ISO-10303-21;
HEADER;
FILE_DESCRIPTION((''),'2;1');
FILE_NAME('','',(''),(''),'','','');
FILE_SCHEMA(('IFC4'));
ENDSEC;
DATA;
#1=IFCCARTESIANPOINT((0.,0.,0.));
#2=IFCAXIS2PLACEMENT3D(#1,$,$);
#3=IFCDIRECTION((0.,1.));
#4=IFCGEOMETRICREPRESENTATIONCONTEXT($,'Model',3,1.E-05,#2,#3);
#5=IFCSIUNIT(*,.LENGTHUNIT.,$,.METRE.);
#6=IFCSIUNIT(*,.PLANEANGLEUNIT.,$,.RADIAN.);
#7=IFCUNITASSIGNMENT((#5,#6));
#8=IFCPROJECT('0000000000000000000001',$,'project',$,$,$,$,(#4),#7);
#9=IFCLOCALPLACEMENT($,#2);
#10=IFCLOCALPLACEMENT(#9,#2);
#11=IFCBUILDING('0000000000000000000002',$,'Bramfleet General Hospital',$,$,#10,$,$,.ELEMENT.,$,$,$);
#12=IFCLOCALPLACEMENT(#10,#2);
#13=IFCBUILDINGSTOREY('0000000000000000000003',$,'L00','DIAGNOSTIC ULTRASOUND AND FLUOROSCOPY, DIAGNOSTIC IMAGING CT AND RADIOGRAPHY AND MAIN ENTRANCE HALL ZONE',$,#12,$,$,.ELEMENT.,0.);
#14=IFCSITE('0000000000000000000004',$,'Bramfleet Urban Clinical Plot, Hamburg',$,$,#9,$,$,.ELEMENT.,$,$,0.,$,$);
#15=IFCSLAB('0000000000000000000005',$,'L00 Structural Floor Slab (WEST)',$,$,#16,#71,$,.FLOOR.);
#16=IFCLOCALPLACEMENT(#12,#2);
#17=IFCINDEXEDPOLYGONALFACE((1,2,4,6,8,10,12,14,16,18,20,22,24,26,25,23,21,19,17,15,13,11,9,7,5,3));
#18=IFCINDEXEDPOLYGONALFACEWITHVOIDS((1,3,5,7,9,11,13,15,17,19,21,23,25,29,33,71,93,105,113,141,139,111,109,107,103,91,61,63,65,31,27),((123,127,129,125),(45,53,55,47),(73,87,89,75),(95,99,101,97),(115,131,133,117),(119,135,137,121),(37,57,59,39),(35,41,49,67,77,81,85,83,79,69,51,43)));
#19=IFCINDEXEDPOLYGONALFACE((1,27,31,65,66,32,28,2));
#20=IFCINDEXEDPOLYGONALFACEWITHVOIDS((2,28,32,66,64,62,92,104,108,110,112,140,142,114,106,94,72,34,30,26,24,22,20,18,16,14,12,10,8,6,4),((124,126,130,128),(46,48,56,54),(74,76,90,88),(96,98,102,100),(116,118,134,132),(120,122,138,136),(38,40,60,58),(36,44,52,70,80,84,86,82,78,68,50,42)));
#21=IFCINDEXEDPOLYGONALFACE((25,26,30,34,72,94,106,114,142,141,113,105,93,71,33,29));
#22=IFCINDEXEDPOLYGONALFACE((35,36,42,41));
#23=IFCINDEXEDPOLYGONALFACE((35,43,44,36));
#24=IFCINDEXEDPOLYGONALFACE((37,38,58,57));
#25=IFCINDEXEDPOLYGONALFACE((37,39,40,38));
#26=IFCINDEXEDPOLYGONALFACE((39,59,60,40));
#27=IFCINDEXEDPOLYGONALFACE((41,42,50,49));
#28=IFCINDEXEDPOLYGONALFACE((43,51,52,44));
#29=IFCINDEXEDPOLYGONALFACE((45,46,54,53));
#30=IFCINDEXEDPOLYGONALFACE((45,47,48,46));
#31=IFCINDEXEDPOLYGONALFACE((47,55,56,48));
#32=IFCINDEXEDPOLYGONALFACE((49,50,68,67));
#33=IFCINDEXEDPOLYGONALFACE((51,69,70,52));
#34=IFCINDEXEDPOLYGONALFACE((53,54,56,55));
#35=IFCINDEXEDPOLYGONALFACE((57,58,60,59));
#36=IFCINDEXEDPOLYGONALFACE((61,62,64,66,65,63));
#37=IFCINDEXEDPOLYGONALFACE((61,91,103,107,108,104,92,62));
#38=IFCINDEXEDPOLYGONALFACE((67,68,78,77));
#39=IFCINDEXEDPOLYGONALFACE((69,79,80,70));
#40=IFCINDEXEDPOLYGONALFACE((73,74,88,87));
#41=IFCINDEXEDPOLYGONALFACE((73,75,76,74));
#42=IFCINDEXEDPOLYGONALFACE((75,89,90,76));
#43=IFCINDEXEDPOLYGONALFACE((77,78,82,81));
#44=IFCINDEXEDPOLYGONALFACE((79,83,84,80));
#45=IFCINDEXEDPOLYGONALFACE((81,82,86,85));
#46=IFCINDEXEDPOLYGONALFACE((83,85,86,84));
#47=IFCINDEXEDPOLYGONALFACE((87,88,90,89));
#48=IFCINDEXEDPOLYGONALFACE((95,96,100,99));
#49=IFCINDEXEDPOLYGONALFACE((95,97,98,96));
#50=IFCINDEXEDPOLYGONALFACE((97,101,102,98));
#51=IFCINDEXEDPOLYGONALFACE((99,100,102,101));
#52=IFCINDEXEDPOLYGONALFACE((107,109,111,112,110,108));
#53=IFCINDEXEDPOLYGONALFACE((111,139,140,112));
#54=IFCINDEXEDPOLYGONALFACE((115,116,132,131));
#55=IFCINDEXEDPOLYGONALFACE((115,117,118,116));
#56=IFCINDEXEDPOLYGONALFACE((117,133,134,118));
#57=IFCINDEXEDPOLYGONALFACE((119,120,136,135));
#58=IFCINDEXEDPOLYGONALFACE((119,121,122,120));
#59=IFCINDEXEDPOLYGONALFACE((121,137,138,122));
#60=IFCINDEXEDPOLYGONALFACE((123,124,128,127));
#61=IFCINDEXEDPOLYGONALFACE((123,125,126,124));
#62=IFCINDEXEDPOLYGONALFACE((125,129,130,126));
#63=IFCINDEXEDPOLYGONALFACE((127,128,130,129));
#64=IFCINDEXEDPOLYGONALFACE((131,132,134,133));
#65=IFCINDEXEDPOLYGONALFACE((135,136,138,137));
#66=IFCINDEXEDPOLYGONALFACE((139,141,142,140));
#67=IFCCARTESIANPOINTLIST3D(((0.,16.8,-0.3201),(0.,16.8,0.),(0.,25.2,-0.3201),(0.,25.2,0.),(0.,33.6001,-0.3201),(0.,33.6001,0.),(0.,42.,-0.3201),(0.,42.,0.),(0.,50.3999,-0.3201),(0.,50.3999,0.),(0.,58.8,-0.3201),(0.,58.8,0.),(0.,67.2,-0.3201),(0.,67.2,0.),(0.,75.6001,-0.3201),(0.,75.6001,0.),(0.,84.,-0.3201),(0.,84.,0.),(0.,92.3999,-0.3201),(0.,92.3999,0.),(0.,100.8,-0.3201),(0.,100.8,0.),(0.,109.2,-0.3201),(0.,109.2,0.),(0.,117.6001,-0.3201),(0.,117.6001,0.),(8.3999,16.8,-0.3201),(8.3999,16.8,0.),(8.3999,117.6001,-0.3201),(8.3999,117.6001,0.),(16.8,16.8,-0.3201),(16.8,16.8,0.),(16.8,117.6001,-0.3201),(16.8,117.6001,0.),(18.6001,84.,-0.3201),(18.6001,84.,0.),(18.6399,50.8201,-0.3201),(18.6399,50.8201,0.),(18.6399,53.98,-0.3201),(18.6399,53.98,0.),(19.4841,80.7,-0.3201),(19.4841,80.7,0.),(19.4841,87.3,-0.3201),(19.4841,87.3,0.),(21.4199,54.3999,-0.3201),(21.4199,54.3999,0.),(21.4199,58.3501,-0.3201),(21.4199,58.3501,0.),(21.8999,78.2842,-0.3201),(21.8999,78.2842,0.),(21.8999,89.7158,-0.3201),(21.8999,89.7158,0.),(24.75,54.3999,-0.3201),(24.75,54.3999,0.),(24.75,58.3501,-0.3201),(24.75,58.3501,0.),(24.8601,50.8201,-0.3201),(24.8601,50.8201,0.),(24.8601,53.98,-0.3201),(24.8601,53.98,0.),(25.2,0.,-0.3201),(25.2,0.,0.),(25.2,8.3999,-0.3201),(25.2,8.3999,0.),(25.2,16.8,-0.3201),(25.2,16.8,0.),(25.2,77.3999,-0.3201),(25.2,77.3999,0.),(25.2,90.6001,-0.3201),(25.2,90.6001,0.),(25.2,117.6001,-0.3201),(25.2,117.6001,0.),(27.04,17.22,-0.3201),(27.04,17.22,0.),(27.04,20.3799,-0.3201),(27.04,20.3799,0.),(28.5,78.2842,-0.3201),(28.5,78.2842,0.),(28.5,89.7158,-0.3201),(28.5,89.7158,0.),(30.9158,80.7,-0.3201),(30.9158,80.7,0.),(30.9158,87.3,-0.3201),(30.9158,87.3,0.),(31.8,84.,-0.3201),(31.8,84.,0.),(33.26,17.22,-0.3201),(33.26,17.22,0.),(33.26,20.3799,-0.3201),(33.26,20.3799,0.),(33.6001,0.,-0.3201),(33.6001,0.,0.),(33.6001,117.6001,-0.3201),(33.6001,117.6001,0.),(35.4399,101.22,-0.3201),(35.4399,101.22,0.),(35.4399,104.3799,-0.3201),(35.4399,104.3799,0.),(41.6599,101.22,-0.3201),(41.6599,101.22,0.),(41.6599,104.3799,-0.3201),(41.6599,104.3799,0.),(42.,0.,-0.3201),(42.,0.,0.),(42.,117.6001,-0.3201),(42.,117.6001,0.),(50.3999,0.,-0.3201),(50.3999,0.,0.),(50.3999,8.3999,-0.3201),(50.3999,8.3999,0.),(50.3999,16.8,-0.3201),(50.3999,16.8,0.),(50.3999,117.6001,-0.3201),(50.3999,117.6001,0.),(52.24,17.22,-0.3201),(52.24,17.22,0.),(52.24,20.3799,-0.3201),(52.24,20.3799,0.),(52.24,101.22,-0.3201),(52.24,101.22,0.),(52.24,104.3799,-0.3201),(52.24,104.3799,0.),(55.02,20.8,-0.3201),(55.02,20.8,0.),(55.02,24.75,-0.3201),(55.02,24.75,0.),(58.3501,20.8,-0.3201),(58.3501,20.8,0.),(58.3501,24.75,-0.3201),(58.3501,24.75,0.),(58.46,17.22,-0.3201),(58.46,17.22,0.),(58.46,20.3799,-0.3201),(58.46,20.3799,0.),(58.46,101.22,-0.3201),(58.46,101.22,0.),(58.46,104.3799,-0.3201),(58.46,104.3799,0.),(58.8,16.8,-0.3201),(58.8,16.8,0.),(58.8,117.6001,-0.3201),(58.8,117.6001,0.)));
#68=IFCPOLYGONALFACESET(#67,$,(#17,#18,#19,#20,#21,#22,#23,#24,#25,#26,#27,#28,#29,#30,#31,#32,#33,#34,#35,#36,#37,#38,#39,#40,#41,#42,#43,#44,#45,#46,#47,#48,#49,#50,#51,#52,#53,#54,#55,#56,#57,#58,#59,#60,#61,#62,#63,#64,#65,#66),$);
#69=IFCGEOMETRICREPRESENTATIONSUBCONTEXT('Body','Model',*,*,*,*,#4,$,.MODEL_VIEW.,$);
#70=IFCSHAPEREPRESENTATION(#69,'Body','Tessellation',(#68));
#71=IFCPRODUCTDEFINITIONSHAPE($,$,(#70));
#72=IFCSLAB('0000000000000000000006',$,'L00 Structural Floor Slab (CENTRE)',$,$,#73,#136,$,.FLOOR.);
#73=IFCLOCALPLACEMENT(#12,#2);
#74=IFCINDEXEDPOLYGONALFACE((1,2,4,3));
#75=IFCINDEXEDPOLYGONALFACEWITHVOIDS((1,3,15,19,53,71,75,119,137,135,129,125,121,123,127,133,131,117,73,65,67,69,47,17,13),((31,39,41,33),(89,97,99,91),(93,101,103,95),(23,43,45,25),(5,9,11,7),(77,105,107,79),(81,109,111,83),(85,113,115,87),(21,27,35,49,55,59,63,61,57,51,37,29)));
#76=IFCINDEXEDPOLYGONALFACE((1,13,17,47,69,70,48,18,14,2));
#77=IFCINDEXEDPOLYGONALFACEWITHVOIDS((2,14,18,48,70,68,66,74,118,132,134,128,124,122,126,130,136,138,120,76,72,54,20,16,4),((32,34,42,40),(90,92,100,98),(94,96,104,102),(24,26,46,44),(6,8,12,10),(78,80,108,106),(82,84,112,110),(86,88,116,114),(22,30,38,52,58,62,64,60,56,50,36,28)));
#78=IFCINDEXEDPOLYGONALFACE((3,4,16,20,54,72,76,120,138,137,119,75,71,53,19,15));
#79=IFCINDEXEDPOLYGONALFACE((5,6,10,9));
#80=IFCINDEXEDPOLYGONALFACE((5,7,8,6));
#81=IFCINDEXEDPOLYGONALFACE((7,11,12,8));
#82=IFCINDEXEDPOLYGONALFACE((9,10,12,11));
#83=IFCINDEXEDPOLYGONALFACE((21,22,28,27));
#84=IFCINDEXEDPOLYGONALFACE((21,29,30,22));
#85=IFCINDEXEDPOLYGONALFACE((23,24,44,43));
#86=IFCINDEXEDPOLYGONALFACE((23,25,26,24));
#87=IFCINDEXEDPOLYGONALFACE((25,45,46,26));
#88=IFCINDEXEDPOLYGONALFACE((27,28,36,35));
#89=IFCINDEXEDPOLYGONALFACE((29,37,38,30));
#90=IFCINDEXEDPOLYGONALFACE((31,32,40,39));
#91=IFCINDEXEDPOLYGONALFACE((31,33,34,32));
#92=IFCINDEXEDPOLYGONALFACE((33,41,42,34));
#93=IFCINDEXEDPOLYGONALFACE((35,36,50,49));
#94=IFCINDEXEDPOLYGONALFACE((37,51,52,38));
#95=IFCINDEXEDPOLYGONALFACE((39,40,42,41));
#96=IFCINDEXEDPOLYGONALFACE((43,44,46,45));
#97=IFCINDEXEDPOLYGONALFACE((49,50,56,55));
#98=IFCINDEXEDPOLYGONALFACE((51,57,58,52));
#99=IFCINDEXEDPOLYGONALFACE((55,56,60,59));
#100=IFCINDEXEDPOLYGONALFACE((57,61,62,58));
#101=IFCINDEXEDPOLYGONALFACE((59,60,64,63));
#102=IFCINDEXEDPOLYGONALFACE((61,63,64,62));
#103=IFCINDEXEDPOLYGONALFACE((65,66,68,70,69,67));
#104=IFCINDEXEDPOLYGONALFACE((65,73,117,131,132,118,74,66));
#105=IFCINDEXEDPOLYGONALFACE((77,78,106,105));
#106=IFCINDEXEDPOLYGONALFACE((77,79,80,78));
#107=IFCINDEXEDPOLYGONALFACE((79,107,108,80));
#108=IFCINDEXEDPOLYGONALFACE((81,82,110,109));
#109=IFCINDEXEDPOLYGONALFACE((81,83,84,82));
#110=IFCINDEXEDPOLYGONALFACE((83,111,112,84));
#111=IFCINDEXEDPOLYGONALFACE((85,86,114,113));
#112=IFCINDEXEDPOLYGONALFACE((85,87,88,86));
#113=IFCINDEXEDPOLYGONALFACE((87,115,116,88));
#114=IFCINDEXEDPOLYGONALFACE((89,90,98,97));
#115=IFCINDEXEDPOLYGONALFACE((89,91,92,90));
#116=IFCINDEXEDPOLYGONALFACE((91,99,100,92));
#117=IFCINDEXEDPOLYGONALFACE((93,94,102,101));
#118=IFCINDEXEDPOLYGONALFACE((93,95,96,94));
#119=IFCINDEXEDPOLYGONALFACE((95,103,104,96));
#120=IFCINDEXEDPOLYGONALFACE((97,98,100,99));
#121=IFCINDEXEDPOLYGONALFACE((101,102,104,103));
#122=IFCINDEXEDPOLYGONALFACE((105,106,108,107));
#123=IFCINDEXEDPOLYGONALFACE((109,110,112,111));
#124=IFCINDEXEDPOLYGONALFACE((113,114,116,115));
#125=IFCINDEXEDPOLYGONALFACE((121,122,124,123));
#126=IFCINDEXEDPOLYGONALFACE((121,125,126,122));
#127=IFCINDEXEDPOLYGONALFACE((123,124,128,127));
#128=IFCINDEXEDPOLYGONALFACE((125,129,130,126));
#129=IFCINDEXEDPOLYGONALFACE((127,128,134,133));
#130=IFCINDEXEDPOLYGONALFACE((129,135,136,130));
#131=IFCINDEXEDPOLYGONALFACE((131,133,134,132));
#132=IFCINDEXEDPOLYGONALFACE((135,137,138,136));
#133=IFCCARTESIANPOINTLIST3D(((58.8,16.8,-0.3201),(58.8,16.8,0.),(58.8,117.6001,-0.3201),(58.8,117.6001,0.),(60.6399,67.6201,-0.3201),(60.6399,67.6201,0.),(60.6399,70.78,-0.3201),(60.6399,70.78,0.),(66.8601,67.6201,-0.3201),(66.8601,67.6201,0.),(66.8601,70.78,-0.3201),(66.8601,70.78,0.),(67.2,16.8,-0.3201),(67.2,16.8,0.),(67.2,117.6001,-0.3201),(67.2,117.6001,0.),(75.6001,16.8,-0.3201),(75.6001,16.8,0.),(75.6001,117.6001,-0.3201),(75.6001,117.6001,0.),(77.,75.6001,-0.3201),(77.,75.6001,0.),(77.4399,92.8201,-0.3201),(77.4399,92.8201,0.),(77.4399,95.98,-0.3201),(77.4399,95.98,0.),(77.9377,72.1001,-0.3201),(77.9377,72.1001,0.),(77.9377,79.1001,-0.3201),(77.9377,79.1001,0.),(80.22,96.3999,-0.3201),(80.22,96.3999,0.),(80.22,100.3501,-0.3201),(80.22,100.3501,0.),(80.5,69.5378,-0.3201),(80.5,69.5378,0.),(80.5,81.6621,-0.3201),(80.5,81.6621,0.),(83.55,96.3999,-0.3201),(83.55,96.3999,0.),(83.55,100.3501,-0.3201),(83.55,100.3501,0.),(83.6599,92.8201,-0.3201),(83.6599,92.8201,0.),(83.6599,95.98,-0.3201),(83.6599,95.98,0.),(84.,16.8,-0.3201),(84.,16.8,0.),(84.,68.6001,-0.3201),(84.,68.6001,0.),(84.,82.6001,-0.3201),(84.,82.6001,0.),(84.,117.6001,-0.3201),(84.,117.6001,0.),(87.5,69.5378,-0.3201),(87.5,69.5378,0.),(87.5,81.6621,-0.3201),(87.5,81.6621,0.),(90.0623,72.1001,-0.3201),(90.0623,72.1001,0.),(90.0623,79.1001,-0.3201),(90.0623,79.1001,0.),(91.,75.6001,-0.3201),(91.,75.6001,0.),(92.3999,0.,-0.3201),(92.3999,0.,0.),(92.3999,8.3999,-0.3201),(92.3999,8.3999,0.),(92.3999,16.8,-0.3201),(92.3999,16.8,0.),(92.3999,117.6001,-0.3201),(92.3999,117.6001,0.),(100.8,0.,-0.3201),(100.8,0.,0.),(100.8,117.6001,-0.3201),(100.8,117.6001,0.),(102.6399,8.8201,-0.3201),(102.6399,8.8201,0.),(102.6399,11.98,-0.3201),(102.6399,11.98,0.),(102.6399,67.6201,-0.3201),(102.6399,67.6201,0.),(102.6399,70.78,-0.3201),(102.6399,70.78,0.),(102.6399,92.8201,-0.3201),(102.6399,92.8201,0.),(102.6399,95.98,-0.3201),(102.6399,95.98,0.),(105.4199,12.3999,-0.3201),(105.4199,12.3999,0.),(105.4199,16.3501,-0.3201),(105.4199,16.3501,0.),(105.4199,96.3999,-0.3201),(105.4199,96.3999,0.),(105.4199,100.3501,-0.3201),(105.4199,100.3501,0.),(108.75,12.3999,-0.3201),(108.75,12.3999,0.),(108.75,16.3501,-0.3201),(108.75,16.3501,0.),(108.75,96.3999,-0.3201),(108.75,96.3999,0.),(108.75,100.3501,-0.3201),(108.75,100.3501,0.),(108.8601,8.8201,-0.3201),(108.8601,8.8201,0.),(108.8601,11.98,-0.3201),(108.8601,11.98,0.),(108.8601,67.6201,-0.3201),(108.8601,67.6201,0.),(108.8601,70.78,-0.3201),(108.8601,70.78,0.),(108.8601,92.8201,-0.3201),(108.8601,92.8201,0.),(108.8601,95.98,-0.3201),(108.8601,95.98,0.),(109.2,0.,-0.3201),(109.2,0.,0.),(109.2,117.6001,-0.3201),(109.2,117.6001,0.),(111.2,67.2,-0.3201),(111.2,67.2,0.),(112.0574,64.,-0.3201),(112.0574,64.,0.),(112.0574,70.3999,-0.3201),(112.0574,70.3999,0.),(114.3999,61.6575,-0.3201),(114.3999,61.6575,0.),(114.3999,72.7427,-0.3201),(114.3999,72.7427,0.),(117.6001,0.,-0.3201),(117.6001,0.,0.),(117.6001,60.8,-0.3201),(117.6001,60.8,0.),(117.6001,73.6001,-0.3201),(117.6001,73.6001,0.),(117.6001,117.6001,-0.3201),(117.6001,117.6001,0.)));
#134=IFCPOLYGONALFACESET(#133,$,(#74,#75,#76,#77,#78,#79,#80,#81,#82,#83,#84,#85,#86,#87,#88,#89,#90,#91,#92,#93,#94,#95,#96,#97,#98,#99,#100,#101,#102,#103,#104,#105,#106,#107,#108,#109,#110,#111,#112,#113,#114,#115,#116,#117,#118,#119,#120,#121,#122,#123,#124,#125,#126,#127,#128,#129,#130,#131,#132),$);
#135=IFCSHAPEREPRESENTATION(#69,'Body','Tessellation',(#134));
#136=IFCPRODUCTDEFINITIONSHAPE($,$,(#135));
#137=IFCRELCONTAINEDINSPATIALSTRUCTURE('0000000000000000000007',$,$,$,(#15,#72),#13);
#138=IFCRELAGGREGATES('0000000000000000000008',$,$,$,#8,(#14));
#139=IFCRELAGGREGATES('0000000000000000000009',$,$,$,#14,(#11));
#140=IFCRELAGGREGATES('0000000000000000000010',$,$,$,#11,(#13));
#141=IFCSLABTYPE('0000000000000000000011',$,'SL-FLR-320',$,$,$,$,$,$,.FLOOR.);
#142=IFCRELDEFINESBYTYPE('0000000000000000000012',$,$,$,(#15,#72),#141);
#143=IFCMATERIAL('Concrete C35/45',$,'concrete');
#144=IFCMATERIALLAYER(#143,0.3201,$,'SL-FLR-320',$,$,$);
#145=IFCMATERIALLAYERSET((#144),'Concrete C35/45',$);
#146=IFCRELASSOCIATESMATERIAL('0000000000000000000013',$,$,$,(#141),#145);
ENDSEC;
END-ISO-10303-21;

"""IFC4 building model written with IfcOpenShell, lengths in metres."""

from ifc_helpers import new_model, si_unit, direction, frame, origin, place, context, subcontext, project, spatial, polyline, outline, extrude, material, layer, layer_set, type_object, element, save


model = new_model("IFC4")

# Units and contexts
model_context = context("Model", 3, precision=1e-05, world=origin(), true_north=direction((0.0, 1.0)))
body_context = subcontext(model_context, "Body", "Model", "MODEL_VIEW")
ifc_project = project(units=[si_unit("LENGTHUNIT", "METRE"), si_unit("PLANEANGLEUNIT", "RADIAN")], contexts=[model_context])

# Site, building, storey
site_placement = place(None, origin())
site = spatial("IfcSite", under=ifc_project, at=site_placement, Name="Bramfleet Urban Clinical Plot, Hamburg", CompositionType="ELEMENT", RefElevation=0.0)
building_placement = place(site_placement, origin())
building = spatial("IfcBuilding", under=site, at=building_placement, Name="Bramfleet General Hospital", CompositionType="ELEMENT")
storey_placement = place(building_placement, origin())
storey = spatial("IfcBuildingStorey", under=building, at=storey_placement, Name="L00", Description="DIAGNOSTIC ULTRASOUND AND FLUOROSCOPY, DIAGNOSTIC IMAGING CT AND RADIOGRAPHY AND MAIN ENTRANCE HALL ZONE", CompositionType="ELEMENT", Elevation=0.0)

# Slabs
ifc_material_1 = material(Name="Concrete C35/45", Category="concrete")
ifc_layer_1 = layer(ifc_material_1, 0.3201, Name="SL-FLR-320")
ifc_layer_set_1 = layer_set([ifc_layer_1], Name="Concrete C35/45")
slab_type_1 = type_object("IfcSlabType", Name="SL-FLR-320", PredefinedType="FLOOR", material=ifc_layer_set_1)
slab_1_placement = place(storey_placement, frame((0.0, 0.0, -0.3201)))
element("IfcSlab", 1, at=slab_1_placement, inside=storey, type_object=slab_type_1, Name="L00 Structural Floor Slab (WEST)", PredefinedType="FLOOR", context=body_context, shape_type="SweptSolid", body=[
    extrude(outline(polyline([(0.0, 33.6001), (0.0, 42.0), (0.0, 50.3999), (0.0, 58.8), (0.0, 67.2), (0.0, 75.6001), (0.0, 84.0), (0.0, 92.3999), (0.0, 100.8), (0.0, 109.2), (0.0, 117.6001), (8.3999, 117.6001), (16.8, 117.6001), (25.2, 117.6001), (33.6001, 117.6001), (42.0, 117.6001), (50.3999, 117.6001), (58.8, 117.6001), (58.8, 16.8), (50.3999, 16.8), (50.3999, 8.3999), (50.3999, 0.0), (42.0, 0.0), (33.6001, 0.0), (25.2, 0.0), (25.2, 8.3999), (25.2, 16.8), (16.8, 16.8), (8.3999, 16.8), (0.0, 16.8), (0.0, 25.2), (0.0, 33.6001)]), holes=[polyline([(19.4841, 80.7), (21.8999, 78.2842), (25.2, 77.3999), (28.5, 78.2842), (30.9158, 80.7), (31.8, 84.0), (30.9158, 87.3), (28.5, 89.7158), (25.2, 90.6001), (21.8999, 89.7158), (19.4841, 87.3), (18.6001, 84.0), (19.4841, 80.7)]), polyline([(52.24, 17.22), (58.46, 17.22), (58.46, 20.3799), (52.24, 20.3799), (52.24, 17.22)]), polyline([(55.02, 20.8), (58.3501, 20.8), (58.3501, 24.75), (55.02, 24.75), (55.02, 20.8)]), polyline([(18.6399, 50.8201), (24.8601, 50.8201), (24.8601, 53.98), (18.6399, 53.98), (18.6399, 50.8201)]), polyline([(21.4199, 54.3999), (24.75, 54.3999), (24.75, 58.3501), (21.4199, 58.3501), (21.4199, 54.3999)]), polyline([(27.04, 17.22), (33.26, 17.22), (33.26, 20.3799), (27.04, 20.3799), (27.04, 17.22)]), polyline([(35.4399, 101.22), (41.6599, 101.22), (41.6599, 104.3799), (35.4399, 104.3799), (35.4399, 101.22)]), polyline([(52.24, 101.22), (58.46, 101.22), (58.46, 104.3799), (52.24, 104.3799), (52.24, 101.22)])]), origin(), (0.0, 0.0, 1.0), 0.3201),
])
slab_2_placement = place(storey_placement, frame((0.0, 0.0, -0.3201)))
element("IfcSlab", 2, at=slab_2_placement, inside=storey, type_object=slab_type_1, Name="L00 Structural Floor Slab (CENTRE)", PredefinedType="FLOOR", context=body_context, shape_type="SweptSolid", body=[
    extrude(outline(polyline([(67.2, 117.6001), (75.6001, 117.6001), (84.0, 117.6001), (92.3999, 117.6001), (100.8, 117.6001), (109.2, 117.6001), (117.6001, 117.6001), (117.6001, 73.6001), (114.3999, 72.7427), (112.0574, 70.3999), (111.2, 67.2), (112.0574, 64.0), (114.3999, 61.6575), (117.6001, 60.8), (117.6001, 0.0), (109.2, 0.0), (100.8, 0.0), (92.3999, 0.0), (92.3999, 8.3999), (92.3999, 16.8), (84.0, 16.8), (75.6001, 16.8), (67.2, 16.8), (58.8, 16.8), (58.8, 117.6001), (67.2, 117.6001)]), holes=[polyline([(77.9377, 72.1001), (80.5, 69.5378), (84.0, 68.6001), (87.5, 69.5378), (90.0623, 72.1001), (91.0, 75.6001), (90.0623, 79.1001), (87.5, 81.6621), (84.0, 82.6001), (80.5, 81.6621), (77.9377, 79.1001), (77.0, 75.6001), (77.9377, 72.1001)]), polyline([(102.6399, 8.8201), (108.8601, 8.8201), (108.8601, 11.98), (102.6399, 11.98), (102.6399, 8.8201)]), polyline([(105.4199, 12.3999), (108.75, 12.3999), (108.75, 16.3501), (105.4199, 16.3501), (105.4199, 12.3999)]), polyline([(102.6399, 92.8201), (108.8601, 92.8201), (108.8601, 95.98), (102.6399, 95.98), (102.6399, 92.8201)]), polyline([(105.4199, 96.3999), (108.75, 96.3999), (108.75, 100.3501), (105.4199, 100.3501), (105.4199, 96.3999)]), polyline([(77.4399, 92.8201), (83.6599, 92.8201), (83.6599, 95.98), (77.4399, 95.98), (77.4399, 92.8201)]), polyline([(80.22, 96.3999), (83.55, 96.3999), (83.55, 100.3501), (80.22, 100.3501), (80.22, 96.3999)]), polyline([(102.6399, 67.6201), (108.8601, 67.6201), (108.8601, 70.78), (102.6399, 70.78), (102.6399, 67.6201)]), polyline([(60.6399, 67.6201), (66.8601, 67.6201), (66.8601, 70.78), (60.6399, 70.78), (60.6399, 67.6201)])]), origin(), (0.0, 0.0, 1.0), 0.3201),
])

save(model, "model.ifc")
